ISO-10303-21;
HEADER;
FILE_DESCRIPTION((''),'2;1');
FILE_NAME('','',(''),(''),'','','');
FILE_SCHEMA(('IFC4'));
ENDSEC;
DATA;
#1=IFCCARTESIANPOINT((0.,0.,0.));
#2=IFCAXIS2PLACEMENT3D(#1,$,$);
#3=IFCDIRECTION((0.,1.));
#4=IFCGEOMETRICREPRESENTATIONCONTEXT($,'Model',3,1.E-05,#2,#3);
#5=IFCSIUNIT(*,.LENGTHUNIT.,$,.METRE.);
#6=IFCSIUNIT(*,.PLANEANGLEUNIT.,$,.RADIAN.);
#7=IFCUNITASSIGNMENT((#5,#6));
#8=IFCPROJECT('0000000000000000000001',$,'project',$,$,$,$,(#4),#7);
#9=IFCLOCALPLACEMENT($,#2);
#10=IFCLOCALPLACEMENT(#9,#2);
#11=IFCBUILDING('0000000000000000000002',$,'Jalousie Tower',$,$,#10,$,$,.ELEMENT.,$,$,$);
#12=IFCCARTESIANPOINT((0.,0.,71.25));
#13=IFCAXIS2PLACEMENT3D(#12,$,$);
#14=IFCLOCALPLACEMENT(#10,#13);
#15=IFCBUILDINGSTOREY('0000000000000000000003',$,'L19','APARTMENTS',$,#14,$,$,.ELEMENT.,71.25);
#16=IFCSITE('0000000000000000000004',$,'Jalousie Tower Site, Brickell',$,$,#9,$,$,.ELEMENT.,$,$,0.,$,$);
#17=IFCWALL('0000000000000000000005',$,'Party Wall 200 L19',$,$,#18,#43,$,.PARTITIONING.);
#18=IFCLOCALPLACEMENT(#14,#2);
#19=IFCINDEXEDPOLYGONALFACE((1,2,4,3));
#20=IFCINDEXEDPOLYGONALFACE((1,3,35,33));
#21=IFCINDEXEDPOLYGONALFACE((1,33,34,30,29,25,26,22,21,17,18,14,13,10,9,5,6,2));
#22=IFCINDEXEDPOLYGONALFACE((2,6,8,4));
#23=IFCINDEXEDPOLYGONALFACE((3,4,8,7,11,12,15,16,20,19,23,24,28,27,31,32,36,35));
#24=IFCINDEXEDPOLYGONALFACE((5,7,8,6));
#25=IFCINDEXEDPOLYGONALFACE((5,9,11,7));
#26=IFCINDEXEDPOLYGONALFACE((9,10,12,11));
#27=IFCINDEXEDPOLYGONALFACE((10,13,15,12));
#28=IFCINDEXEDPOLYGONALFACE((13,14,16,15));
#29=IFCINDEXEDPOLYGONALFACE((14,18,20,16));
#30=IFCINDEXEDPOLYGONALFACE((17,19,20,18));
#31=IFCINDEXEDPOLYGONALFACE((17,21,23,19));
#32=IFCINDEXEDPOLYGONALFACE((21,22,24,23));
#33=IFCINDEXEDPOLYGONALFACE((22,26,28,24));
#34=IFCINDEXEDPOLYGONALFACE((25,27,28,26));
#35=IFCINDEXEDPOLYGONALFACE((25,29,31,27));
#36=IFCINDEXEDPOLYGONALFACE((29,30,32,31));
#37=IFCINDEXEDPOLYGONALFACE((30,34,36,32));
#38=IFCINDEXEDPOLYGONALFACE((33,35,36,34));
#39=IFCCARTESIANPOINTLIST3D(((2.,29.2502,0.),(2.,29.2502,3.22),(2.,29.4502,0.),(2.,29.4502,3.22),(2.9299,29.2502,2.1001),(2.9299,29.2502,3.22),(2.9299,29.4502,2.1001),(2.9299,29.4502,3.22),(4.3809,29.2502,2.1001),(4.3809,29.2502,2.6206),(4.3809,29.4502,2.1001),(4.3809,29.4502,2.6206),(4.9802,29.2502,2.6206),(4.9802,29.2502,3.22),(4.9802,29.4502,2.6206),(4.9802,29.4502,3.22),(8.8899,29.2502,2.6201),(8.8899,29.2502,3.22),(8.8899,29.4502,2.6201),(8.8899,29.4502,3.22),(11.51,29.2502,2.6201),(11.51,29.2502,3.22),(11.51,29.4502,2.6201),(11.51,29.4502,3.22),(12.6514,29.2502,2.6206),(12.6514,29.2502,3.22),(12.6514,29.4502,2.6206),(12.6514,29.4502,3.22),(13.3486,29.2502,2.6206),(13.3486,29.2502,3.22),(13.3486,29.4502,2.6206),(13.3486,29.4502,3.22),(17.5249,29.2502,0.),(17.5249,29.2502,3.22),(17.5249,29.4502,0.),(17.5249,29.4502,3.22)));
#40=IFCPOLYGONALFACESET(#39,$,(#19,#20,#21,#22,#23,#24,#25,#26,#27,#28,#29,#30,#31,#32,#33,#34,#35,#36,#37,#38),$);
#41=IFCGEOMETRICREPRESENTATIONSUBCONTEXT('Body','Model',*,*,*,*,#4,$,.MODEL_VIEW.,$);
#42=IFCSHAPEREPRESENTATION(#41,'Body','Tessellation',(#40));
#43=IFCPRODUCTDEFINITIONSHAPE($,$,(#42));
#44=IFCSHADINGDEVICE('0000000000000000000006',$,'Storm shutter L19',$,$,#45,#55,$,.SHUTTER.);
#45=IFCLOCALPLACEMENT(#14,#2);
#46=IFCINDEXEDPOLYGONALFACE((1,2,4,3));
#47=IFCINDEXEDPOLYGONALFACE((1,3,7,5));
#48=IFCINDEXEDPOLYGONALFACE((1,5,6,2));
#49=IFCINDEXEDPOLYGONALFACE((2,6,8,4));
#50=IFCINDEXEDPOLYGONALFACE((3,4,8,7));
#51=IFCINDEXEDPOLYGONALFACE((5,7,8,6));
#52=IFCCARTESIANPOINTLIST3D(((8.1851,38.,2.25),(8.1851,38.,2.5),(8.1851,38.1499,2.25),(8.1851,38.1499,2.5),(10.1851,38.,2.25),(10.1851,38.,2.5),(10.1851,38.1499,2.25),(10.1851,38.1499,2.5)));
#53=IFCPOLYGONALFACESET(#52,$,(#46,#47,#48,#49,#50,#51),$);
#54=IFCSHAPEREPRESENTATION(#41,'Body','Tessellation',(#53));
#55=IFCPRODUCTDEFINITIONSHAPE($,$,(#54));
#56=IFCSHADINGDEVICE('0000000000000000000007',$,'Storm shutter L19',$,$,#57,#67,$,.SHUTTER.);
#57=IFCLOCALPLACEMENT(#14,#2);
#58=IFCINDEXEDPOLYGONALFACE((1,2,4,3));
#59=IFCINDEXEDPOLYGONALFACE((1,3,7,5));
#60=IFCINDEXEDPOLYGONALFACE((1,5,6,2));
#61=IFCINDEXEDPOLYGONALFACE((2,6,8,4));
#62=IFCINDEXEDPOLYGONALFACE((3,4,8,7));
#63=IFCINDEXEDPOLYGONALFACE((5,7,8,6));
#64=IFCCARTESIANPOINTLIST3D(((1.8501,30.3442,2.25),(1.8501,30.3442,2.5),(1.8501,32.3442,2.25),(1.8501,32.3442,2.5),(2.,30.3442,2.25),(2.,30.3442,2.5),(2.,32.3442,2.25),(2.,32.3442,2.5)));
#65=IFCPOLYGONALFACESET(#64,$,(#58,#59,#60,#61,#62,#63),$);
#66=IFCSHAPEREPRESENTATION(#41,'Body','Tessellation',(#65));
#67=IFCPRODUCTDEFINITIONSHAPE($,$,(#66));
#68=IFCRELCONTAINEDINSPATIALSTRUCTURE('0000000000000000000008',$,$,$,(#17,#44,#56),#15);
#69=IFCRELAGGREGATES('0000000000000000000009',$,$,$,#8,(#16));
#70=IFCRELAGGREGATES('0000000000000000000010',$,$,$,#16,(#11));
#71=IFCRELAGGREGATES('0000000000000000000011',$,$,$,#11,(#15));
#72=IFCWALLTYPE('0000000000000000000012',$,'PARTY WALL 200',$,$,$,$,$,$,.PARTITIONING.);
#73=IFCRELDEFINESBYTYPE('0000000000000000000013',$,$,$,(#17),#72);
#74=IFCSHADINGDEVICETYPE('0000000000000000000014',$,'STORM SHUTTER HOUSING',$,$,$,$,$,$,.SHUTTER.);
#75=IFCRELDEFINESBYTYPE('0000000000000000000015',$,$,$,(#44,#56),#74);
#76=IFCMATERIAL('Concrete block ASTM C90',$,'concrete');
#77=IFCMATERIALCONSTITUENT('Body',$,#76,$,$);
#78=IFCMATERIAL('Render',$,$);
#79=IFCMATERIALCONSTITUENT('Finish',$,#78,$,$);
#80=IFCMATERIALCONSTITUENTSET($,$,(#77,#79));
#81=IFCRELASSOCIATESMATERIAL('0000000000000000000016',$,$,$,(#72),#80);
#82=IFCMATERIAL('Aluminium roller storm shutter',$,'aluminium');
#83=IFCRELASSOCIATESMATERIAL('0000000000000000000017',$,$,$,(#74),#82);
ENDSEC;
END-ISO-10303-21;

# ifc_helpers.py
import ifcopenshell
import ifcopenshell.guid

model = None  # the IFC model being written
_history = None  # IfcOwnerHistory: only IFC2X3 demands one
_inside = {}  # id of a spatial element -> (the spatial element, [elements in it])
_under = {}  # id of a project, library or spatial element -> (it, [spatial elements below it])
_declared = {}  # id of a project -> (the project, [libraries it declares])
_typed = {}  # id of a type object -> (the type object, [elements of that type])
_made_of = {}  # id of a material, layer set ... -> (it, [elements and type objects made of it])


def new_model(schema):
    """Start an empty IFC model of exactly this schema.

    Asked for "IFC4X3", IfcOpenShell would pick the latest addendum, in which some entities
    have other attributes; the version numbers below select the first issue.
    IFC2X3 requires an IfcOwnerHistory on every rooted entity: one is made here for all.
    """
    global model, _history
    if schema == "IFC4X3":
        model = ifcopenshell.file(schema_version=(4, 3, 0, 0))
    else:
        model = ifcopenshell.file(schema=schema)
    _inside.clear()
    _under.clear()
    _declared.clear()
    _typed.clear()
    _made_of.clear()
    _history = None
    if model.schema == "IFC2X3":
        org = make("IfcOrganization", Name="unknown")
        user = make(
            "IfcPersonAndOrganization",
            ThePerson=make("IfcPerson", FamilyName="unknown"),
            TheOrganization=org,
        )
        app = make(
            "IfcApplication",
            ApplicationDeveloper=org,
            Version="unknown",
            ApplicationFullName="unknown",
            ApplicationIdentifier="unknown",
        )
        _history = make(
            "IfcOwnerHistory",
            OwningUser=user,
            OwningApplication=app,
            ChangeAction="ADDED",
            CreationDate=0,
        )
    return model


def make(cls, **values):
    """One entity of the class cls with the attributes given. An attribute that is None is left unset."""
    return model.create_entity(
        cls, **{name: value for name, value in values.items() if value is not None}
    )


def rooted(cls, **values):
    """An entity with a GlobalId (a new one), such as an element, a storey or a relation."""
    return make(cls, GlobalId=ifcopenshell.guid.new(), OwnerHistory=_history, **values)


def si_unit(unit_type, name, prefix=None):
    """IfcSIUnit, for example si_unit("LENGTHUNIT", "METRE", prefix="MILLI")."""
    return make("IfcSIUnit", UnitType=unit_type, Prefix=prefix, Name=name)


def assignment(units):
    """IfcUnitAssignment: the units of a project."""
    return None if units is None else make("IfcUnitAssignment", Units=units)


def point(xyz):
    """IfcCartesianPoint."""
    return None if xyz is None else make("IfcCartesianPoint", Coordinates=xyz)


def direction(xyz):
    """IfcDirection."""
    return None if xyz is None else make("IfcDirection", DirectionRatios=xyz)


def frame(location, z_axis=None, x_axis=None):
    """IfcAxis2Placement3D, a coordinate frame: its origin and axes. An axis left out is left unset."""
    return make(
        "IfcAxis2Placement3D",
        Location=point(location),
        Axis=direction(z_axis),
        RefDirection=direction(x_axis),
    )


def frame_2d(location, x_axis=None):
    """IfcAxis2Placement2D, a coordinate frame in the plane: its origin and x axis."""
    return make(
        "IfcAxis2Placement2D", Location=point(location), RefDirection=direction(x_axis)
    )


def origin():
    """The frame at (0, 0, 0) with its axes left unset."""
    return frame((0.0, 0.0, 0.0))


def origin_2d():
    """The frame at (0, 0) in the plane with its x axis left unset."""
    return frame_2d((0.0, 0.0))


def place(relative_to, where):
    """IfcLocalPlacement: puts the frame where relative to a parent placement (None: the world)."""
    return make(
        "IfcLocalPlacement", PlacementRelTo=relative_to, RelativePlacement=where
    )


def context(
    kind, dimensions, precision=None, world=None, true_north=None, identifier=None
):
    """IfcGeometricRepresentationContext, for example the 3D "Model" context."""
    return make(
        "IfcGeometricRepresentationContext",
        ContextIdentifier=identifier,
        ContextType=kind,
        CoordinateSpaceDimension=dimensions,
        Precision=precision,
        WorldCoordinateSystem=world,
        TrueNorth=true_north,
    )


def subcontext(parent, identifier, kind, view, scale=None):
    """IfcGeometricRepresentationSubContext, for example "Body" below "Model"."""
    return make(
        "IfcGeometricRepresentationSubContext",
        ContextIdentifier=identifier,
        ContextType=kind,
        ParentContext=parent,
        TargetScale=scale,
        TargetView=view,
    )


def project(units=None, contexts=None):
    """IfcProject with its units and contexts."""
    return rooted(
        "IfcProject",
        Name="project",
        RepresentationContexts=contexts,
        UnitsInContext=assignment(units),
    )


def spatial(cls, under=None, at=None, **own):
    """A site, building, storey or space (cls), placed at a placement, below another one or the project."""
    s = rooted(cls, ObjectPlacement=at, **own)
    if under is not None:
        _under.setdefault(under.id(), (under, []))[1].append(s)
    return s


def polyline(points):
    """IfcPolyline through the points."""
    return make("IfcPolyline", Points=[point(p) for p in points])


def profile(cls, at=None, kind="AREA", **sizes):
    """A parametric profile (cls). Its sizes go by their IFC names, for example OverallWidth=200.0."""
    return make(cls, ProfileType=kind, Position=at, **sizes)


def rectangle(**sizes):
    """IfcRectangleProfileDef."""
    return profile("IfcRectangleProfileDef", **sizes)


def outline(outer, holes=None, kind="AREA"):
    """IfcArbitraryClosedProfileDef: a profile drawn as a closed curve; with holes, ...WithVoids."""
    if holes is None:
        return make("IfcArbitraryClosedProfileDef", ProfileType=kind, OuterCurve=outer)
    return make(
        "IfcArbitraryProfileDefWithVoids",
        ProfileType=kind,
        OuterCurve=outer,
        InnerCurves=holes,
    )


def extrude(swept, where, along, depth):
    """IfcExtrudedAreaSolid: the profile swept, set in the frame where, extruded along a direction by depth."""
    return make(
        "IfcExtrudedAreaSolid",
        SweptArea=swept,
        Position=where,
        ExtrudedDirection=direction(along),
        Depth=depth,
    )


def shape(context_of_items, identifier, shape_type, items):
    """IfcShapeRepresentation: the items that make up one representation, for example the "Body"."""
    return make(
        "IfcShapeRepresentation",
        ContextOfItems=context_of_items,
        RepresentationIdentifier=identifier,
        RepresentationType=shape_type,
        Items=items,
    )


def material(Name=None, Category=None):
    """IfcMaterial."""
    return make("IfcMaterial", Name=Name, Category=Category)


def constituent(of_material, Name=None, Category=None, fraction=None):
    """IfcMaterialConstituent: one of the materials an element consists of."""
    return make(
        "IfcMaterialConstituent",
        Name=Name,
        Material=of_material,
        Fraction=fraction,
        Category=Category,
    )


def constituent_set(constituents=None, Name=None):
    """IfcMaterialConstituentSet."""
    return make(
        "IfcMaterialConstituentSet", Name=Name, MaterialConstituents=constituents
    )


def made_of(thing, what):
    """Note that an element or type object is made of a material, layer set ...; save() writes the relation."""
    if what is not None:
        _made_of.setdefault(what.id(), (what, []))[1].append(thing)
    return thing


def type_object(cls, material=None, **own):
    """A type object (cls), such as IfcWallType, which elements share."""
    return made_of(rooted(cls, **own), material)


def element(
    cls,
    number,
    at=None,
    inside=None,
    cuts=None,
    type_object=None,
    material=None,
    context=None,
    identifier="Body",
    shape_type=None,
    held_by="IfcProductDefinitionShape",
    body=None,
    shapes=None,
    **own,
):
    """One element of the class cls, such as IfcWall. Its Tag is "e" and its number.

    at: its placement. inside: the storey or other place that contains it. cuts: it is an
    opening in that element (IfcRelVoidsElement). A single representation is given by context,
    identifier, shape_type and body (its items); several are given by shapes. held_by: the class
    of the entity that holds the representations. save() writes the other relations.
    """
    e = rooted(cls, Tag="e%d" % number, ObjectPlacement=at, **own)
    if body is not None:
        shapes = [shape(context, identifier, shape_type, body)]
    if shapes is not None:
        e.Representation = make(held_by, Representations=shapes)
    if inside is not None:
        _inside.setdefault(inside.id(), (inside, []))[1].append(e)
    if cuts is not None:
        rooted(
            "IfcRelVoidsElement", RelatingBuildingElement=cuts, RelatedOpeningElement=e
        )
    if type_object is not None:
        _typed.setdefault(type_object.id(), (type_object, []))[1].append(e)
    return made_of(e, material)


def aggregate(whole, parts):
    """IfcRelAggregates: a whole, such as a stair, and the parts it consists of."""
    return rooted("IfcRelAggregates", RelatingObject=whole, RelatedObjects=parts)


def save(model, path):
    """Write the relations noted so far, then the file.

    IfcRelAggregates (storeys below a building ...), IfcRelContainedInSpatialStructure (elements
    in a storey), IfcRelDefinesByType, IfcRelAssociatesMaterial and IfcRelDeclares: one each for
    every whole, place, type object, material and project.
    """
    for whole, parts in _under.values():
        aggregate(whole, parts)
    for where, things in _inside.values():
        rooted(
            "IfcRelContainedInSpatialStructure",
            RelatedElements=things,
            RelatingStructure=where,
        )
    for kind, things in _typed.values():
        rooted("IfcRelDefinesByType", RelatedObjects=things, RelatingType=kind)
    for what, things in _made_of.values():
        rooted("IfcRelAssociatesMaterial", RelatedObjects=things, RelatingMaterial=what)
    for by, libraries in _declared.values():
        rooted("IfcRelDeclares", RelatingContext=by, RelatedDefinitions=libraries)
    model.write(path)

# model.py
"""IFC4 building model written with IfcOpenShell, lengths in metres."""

from ifc_helpers import new_model, si_unit, direction, frame, origin, origin_2d, place, context, subcontext, project, spatial, polyline, rectangle, outline, extrude, material, constituent, constituent_set, type_object, element, save


model = new_model("IFC4")

# Units and contexts
model_context = context("Model", 3, precision=1e-05, world=origin(), true_north=direction((0.0, 1.0)))
body_context = subcontext(model_context, "Body", "Model", "MODEL_VIEW")
ifc_project = project(units=[si_unit("LENGTHUNIT", "METRE"), si_unit("PLANEANGLEUNIT", "RADIAN")], contexts=[model_context])

# Site, building, storey
site_placement = place(None, origin())
site = spatial("IfcSite", under=ifc_project, at=site_placement, Name="Jalousie Tower Site, Brickell", CompositionType="ELEMENT", RefElevation=0.0)
building_placement = place(site_placement, origin())
building = spatial("IfcBuilding", under=site, at=building_placement, Name="Jalousie Tower", CompositionType="ELEMENT")
storey_placement = place(building_placement, frame((0.0, 0.0, 71.25)))
storey = spatial("IfcBuildingStorey", under=building, at=storey_placement, Name="L19", Description="APARTMENTS", CompositionType="ELEMENT", Elevation=71.25)

# Wall
ifc_material_1 = material(Name="Concrete block ASTM C90", Category="concrete")
ifc_constituent_1 = constituent(ifc_material_1, Name="Body")
ifc_material_2 = material(Name="Render")
ifc_constituent_2 = constituent(ifc_material_2, Name="Finish")
ifc_constituent_set_1 = constituent_set(constituents=[ifc_constituent_1, ifc_constituent_2])
wall_type_1 = type_object("IfcWallType", Name="PARTY WALL 200", PredefinedType="PARTITIONING", material=ifc_constituent_set_1)
wall_1_placement = place(storey_placement, frame((2.0, 29.3501, 0.0), z_axis=(0.0, 0.0, 1.0), x_axis=(1.0, 0.0, 0.0)))
element("IfcWall", 1, at=wall_1_placement, inside=storey, type_object=wall_type_1, Name="Party Wall 200 L19", PredefinedType="PARTITIONING", context=body_context, shape_type="SweptSolid", body=[
    extrude(outline(polyline([(0.0, 0.0), (15.5249, 0.0), (15.5249, 3.22), (11.3486, 3.22), (11.3486, 2.6206), (10.6514, 2.6206), (10.6514, 3.22), (9.51, 3.22), (9.51, 2.6201), (6.8899, 2.6201), (6.8899, 3.22), (2.9802, 3.22), (2.9802, 2.6206), (2.3809, 2.6206), (2.3809, 2.1001), (0.9299, 2.1001), (0.9299, 3.22), (0.0, 3.22), (0.0, 0.0)])), frame((0.0, 0.1001, 0.0), z_axis=(0.0, -1.0, 0.0), x_axis=(1.0, 0.0, 0.0)), (0.0, 0.0, 1.0), 0.2),
])

# Shading devices
ifc_material_3 = material(Name="Aluminium roller storm shutter", Category="aluminium")
shading_device_type = type_object("IfcShadingDeviceType", Name="STORM SHUTTER HOUSING", PredefinedType="SHUTTER", material=ifc_material_3)
for number, where, z_axis, x_axis, name in (
    (2, (9.1851, 38.075, 2.25), (0.0, 0.0, 1.0), (-1.0, 0.0, 0.0), "Storm shutter L19"),
    (3, (1.925, 31.3442, 2.25), (0.0, 0.0, 1.0), (0.0, -1.0, 0.0), "Storm shutter L19"),
):
    element("IfcShadingDevice", number, at=place(storey_placement, frame(where, z_axis=z_axis, x_axis=x_axis)), inside=storey, type_object=shading_device_type, Name=name, PredefinedType="SHUTTER", context=body_context, shape_type="SweptSolid", body=[
        extrude(rectangle(XDim=2.0, YDim=0.1499, at=origin_2d()), origin(), (0.0, 0.0, 1.0), 0.25),
    ])

save(model, "model.ifc")
